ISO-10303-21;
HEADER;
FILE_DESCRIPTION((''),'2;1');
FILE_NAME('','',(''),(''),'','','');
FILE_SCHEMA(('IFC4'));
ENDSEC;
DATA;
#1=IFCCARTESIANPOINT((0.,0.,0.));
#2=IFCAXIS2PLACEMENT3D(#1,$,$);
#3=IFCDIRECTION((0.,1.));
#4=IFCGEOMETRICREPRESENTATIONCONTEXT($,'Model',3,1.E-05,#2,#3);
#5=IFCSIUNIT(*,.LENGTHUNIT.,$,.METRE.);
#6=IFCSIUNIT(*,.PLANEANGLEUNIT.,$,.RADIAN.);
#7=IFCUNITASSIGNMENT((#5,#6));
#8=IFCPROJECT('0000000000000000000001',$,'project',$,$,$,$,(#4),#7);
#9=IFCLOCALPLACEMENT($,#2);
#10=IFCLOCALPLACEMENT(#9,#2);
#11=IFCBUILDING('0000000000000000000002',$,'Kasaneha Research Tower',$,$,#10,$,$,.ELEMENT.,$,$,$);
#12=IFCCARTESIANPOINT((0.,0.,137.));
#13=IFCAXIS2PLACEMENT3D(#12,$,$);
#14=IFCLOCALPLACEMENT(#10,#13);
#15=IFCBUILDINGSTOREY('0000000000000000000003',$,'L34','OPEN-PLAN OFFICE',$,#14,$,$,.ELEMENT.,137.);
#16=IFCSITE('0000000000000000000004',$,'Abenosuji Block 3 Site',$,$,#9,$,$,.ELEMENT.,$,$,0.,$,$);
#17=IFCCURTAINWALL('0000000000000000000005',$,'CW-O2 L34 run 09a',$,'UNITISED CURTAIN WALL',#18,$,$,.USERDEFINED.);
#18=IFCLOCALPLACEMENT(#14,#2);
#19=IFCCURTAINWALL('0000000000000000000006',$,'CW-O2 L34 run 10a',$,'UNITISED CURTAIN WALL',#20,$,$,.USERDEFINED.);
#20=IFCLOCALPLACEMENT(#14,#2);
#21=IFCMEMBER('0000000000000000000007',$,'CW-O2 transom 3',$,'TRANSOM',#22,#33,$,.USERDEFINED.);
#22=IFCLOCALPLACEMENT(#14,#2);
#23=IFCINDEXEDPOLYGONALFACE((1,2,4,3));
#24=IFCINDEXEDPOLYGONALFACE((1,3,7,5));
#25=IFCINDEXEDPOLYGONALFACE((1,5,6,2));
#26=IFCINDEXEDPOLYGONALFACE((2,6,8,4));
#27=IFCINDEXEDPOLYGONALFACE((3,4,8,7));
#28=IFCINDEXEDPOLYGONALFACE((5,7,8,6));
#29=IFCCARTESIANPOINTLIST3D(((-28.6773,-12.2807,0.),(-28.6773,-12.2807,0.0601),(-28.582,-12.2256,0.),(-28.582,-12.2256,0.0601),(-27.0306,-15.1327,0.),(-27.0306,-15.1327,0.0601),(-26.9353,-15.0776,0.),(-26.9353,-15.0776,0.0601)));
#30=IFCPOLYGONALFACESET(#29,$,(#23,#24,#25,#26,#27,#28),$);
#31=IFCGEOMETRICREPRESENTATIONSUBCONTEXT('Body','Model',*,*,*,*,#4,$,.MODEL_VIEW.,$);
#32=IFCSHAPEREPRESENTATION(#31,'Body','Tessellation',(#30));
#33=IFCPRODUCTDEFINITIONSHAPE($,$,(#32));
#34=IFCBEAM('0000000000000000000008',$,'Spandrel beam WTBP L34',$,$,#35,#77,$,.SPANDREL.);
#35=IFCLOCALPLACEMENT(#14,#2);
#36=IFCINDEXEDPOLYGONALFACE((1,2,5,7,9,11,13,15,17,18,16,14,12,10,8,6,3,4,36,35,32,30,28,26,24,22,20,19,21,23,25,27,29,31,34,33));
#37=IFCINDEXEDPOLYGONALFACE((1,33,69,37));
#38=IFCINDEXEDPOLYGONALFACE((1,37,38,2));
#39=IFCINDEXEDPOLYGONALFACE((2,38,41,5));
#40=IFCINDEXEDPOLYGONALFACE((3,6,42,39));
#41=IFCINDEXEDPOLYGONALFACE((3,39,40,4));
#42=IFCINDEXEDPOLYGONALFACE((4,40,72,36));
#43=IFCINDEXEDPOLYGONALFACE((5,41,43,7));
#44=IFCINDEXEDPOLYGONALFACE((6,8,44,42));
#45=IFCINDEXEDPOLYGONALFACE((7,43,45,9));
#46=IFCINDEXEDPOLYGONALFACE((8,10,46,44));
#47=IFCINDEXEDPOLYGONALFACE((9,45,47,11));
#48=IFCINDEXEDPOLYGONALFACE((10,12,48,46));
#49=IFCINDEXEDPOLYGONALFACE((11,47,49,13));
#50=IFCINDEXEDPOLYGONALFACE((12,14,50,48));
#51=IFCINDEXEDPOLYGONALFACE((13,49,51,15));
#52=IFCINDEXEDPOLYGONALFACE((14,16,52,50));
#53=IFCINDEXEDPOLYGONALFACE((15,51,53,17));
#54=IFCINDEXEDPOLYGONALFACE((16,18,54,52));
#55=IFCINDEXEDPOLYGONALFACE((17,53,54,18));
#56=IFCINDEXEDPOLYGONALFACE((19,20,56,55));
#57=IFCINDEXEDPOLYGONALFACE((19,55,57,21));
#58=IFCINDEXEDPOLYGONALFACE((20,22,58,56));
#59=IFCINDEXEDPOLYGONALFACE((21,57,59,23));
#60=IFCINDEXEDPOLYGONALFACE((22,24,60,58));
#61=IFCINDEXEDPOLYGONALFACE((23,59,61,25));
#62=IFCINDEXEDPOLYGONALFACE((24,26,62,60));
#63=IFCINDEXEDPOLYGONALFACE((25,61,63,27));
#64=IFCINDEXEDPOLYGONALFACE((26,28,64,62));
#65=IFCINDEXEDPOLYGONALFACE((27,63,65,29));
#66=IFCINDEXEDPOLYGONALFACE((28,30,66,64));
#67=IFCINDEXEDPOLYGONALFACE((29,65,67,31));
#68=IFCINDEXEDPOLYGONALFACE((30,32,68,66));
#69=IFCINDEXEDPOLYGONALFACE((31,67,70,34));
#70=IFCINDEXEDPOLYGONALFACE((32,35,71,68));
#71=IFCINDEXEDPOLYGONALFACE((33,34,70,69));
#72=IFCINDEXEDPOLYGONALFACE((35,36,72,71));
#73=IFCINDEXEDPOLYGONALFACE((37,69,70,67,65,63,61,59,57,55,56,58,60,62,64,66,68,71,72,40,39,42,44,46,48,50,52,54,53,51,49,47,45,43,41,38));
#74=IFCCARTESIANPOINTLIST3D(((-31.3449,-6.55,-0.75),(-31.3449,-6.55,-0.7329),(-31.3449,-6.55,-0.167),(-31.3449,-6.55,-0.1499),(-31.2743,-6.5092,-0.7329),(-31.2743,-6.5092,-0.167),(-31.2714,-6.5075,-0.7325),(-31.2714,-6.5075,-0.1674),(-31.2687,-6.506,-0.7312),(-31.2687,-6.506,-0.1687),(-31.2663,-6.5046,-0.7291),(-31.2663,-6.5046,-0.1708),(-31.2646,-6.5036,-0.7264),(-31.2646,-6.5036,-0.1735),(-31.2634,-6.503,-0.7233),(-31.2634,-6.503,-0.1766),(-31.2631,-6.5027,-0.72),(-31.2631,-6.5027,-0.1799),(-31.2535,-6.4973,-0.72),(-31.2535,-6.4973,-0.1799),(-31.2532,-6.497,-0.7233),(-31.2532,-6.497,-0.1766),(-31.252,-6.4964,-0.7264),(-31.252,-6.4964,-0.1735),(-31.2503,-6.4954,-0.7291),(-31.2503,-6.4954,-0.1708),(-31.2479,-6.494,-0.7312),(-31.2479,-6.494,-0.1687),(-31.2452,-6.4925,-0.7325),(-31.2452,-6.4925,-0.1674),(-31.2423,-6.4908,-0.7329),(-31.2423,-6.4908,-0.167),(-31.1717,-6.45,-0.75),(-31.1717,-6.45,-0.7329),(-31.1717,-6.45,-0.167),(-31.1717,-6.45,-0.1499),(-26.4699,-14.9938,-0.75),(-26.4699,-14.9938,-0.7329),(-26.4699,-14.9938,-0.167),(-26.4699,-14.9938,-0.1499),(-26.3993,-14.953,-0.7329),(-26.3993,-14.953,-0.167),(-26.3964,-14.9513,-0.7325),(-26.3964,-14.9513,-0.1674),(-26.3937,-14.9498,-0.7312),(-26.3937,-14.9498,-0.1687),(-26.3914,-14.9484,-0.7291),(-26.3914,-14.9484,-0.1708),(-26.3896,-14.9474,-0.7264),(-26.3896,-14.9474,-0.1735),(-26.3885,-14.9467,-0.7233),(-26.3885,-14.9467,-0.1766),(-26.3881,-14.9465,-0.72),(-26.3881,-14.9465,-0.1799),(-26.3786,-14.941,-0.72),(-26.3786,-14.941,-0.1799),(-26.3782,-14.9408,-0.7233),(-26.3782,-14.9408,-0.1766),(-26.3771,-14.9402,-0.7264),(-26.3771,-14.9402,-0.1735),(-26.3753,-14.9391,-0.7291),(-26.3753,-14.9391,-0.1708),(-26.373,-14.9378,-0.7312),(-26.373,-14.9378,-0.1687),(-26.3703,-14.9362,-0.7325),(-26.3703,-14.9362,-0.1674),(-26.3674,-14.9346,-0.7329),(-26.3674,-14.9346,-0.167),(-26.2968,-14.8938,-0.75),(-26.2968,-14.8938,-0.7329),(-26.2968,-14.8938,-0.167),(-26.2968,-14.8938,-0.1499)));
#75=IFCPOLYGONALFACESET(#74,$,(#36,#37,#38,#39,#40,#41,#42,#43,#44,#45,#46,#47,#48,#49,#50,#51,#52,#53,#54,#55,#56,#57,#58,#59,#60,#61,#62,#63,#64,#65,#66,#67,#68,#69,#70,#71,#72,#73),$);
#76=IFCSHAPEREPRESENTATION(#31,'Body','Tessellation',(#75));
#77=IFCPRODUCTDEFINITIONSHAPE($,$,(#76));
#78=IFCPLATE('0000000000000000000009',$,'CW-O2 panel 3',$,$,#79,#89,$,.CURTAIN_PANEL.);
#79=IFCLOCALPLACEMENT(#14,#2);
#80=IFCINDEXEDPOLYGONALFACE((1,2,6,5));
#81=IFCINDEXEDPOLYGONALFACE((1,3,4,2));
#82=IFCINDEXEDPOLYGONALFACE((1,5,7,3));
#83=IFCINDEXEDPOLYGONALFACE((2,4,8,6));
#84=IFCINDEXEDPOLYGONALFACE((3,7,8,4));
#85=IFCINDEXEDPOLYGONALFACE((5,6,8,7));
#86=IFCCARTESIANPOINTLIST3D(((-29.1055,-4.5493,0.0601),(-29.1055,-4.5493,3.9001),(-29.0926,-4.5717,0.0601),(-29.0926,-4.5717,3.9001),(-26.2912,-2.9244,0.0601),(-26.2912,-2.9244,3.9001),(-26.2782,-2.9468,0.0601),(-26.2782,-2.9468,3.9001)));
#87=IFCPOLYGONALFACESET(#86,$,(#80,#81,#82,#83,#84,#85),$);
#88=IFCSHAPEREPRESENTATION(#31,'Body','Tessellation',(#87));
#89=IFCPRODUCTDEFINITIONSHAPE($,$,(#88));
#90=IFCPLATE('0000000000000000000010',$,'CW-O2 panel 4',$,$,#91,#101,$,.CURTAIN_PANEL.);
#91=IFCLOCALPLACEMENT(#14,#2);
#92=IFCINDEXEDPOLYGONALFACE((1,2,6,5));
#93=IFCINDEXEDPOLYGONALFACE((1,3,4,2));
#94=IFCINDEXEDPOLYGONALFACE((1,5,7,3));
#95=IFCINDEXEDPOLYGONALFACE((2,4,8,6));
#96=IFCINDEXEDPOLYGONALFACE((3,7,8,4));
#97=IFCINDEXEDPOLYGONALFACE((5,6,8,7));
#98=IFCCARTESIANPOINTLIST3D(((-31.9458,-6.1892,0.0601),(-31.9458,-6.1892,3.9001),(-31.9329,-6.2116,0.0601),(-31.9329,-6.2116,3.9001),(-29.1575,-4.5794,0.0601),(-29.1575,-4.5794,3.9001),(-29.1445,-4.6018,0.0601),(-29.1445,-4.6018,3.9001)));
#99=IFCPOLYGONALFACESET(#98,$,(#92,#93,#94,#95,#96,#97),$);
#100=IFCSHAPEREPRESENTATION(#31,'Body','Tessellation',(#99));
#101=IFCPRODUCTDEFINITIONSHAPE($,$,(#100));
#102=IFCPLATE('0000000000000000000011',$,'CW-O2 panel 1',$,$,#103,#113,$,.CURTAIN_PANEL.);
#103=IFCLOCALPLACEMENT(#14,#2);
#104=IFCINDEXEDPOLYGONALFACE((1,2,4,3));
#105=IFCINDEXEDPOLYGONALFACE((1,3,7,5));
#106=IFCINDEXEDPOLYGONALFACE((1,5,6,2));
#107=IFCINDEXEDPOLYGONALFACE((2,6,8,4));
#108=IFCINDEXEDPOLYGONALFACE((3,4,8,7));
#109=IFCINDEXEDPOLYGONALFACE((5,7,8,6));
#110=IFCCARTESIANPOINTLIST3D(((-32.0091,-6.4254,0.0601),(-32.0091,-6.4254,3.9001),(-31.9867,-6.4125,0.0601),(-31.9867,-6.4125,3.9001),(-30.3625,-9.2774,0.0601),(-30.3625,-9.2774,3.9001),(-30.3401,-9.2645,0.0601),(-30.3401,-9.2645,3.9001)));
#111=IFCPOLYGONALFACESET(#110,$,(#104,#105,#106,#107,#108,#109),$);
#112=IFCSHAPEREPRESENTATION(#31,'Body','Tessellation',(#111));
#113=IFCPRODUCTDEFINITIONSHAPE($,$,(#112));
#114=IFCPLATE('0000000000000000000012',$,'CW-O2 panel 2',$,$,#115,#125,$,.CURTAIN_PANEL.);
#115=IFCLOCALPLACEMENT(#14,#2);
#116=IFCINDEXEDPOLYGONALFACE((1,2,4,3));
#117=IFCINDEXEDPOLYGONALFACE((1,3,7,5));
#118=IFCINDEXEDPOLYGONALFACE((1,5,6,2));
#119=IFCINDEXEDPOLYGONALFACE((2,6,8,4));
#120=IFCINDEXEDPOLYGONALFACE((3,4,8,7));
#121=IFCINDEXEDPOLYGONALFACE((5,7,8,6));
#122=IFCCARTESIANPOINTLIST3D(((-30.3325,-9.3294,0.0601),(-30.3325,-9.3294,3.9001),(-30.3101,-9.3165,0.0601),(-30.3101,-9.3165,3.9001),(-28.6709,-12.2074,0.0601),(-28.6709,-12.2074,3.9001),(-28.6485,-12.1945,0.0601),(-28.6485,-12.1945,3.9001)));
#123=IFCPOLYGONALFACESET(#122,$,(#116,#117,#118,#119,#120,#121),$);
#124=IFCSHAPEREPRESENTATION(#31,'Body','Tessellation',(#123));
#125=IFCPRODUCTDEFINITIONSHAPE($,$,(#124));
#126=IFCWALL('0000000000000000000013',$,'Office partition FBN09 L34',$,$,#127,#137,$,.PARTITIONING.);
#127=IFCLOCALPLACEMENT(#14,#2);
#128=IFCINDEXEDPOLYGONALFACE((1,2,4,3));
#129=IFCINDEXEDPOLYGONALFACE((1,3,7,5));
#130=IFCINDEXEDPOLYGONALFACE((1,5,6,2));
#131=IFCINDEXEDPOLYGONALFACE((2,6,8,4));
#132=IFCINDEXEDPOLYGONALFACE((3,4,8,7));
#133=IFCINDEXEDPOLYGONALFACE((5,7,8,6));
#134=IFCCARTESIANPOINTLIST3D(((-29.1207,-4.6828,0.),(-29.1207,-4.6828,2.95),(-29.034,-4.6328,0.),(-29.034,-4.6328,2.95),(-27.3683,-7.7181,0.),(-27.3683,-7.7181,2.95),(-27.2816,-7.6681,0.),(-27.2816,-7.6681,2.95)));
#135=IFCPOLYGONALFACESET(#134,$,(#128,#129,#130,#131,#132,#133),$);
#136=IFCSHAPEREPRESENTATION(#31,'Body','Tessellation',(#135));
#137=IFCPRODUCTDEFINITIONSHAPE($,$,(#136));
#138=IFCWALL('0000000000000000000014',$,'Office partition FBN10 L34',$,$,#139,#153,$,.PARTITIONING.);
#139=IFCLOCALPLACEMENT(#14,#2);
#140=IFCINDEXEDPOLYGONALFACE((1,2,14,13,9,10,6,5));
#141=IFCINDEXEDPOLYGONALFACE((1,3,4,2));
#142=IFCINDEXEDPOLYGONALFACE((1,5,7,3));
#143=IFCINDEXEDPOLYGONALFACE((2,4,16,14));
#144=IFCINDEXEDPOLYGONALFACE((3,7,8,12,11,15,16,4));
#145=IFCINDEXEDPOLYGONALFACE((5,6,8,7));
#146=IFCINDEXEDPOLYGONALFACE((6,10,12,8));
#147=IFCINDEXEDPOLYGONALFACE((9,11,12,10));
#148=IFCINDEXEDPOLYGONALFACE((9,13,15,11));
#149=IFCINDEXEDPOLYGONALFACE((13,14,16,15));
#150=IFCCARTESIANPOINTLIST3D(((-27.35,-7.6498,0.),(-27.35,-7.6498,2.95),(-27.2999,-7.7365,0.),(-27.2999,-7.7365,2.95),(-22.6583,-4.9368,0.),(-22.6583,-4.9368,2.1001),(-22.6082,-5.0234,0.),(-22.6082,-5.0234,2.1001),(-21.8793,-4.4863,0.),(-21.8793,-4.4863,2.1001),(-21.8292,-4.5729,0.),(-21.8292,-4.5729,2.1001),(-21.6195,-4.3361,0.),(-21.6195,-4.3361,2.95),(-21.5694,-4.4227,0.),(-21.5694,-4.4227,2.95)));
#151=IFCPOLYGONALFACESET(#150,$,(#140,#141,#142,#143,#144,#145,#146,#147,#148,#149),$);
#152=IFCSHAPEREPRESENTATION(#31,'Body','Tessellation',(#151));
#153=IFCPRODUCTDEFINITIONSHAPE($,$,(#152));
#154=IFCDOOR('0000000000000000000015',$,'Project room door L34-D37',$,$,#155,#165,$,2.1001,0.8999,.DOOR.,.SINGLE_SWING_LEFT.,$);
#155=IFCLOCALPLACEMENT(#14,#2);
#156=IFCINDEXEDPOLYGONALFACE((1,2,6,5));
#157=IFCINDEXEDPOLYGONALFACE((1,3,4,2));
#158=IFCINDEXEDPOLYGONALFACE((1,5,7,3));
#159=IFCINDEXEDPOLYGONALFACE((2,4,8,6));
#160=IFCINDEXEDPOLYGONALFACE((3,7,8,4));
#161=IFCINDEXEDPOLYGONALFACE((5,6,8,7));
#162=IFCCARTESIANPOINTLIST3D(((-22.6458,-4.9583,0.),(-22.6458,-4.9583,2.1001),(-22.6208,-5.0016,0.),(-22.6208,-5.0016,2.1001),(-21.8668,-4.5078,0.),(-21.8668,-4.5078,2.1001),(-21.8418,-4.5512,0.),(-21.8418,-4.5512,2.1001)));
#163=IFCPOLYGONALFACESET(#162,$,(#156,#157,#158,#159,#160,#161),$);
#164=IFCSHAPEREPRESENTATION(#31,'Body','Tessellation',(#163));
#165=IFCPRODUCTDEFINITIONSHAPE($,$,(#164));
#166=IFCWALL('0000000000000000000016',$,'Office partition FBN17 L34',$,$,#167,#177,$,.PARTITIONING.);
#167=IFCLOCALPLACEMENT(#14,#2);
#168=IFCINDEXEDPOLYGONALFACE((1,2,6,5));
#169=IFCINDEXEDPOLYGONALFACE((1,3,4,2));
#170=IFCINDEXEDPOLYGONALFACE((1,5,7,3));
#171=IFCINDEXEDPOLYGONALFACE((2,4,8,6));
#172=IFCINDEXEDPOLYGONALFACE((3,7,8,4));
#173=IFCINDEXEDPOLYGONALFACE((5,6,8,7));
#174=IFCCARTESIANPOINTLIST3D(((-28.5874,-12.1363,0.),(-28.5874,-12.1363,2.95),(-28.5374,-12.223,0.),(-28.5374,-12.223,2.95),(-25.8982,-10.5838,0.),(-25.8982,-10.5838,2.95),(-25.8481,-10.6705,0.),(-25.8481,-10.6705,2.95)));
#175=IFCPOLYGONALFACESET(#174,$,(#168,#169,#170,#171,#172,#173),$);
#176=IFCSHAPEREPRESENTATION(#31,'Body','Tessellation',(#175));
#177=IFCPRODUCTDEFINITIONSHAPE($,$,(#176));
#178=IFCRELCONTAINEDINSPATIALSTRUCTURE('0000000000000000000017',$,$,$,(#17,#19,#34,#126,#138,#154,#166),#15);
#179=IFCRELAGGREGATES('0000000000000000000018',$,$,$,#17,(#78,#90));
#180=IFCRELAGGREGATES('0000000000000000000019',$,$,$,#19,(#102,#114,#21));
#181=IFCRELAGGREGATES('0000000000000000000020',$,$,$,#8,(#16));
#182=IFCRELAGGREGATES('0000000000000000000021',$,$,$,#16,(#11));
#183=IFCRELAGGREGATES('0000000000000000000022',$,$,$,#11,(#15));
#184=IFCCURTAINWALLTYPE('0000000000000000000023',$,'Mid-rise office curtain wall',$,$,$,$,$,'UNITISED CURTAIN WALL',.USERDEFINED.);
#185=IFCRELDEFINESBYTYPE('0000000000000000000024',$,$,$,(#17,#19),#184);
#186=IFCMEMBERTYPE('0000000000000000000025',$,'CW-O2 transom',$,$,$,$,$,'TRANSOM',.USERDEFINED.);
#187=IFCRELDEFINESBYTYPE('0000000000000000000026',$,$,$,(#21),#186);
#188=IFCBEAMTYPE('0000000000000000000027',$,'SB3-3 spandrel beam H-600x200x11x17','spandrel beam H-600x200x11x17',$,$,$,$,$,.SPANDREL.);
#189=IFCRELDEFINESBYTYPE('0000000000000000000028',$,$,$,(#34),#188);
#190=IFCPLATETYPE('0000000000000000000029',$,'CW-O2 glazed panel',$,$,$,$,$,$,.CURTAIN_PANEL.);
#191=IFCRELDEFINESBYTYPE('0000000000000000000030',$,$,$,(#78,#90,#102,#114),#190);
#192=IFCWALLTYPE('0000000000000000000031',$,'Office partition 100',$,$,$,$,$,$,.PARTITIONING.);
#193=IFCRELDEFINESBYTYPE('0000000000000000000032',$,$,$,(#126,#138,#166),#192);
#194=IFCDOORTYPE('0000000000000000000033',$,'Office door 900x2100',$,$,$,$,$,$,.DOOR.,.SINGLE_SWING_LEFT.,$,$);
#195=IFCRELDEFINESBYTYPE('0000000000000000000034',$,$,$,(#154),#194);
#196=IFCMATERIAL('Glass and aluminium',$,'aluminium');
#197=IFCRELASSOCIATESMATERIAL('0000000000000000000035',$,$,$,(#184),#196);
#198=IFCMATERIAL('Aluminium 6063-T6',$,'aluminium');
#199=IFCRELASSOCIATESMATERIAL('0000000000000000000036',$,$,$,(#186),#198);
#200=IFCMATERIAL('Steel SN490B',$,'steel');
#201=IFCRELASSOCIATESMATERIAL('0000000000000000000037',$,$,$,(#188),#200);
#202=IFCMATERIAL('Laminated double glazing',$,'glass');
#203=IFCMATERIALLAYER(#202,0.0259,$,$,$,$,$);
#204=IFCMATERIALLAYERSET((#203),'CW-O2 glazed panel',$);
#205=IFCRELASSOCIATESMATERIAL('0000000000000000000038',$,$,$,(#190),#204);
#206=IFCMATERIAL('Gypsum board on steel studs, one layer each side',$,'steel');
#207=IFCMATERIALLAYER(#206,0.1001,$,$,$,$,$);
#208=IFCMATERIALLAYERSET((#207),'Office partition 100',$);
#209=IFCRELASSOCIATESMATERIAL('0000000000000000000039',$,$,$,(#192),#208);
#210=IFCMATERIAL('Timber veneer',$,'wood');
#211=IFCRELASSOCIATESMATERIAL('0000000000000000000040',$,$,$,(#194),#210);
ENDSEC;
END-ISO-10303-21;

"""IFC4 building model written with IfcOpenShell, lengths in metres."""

from ifc_helpers import new_model, si_unit, direction, frame, frame_2d, origin, origin_2d, place, context, subcontext, project, spatial, rectangle, i_section, extrude, material, layer, layer_set, material_profile, profile_set, type_object, element, fill, aggregate, save


model = new_model("IFC4")

# Units and contexts
model_context = context("Model", 3, precision=1e-05, world=origin(), true_north=direction((0.0, 1.0)))
body_context = subcontext(model_context, "Body", "Model", "MODEL_VIEW")
ifc_project = project(units=[si_unit("LENGTHUNIT", "METRE"), si_unit("PLANEANGLEUNIT", "RADIAN")], contexts=[model_context])

# Site, building, storey
site_placement = place(None, origin())
site = spatial("IfcSite", under=ifc_project, at=site_placement, Name="Abenosuji Block 3 Site", CompositionType="ELEMENT", RefElevation=0.0)
building_placement = place(site_placement, origin())
building = spatial("IfcBuilding", under=site, at=building_placement, Name="Kasaneha Research Tower", CompositionType="ELEMENT")
storey_placement = place(building_placement, frame((0.0, 0.0, 137.0)))
storey = spatial("IfcBuildingStorey", under=building, at=storey_placement, Name="L34", Description="OPEN-PLAN OFFICE", CompositionType="ELEMENT", Elevation=137.0)

# Curtain walls
ifc_material_1 = material(Name="Glass and aluminium", Category="aluminium")
curtain_wall_type = type_object("IfcCurtainWallType", Name="Mid-rise office curtain wall", ElementType="UNITISED CURTAIN WALL", PredefinedType="USERDEFINED", material=ifc_material_1)
curtain_wall_1_placement = place(storey_placement, origin())
curtain_wall_1 = element("IfcCurtainWall", 1, at=curtain_wall_1_placement, inside=storey, type_object=curtain_wall_type, Name="CW-O2 L34 run 09a", ObjectType="UNITISED CURTAIN WALL", PredefinedType="USERDEFINED")
curtain_wall_2_placement = place(storey_placement, origin())
curtain_wall_2 = element("IfcCurtainWall", 2, at=curtain_wall_2_placement, inside=storey, type_object=curtain_wall_type, Name="CW-O2 L34 run 10a", ObjectType="UNITISED CURTAIN WALL", PredefinedType="USERDEFINED")

# Member
ifc_material_2 = material(Name="Aluminium 6063-T6", Category="aluminium")
ifc_material_profile_1 = material_profile(ifc_material_2, rectangle(XDim=0.1101, YDim=0.0601, at=origin_2d()), Name="CW-O2 transom 110x60")
ifc_profile_set_1 = profile_set([ifc_material_profile_1], Name="Aluminium 6063-T6")
member_type_1 = type_object("IfcMemberType", Name="CW-O2 transom", ElementType="TRANSOM", PredefinedType="USERDEFINED", material=ifc_profile_set_1)
member_1_placement = place(storey_placement, frame((-28.6296, -12.2532, 0.03), z_axis=(0.500022, -0.866013, 0.0), x_axis=(0.866013, 0.500022, 0.0)))
member_1 = element("IfcMember", 3, at=member_1_placement, type_object=member_type_1, Name="CW-O2 transom 3", ObjectType="TRANSOM", PredefinedType="USERDEFINED", context=body_context, shape_type="SweptSolid", body=[
    extrude(rectangle(XDim=0.1101, YDim=0.0601, at=origin_2d()), origin(), (0.0, 0.0, 1.0), 3.2932),
])

# Beam
ifc_material_3 = material(Name="Steel SN490B", Category="steel")
ifc_material_profile_2 = material_profile(ifc_material_3, i_section(OverallWidth=0.2, OverallDepth=0.6001, WebThickness=0.011, FlangeThickness=0.0171, FilletRadius=0.0129, at=origin_2d()), Name="H-600x200x11x17")
ifc_profile_set_2 = profile_set([ifc_material_profile_2], Name="Steel SN490B")
beam_type_1 = type_object("IfcBeamType", Name="SB3-3 spandrel beam H-600x200x11x17", Description="spandrel beam H-600x200x11x17", PredefinedType="SPANDREL", material=ifc_profile_set_2)
beam_1_placement = place(storey_placement, frame((-31.2583, -6.5, -0.45), z_axis=(0.499996, -0.866028, 0.0), x_axis=(0.866028, 0.499996, 0.0)))
element("IfcBeam", 4, at=beam_1_placement, inside=storey, type_object=beam_type_1, Name="Spandrel beam WTBP L34", PredefinedType="SPANDREL", context=body_context, shape_type="SweptSolid", body=[
    extrude(i_section(OverallWidth=0.2, OverallDepth=0.6001, WebThickness=0.011, FlangeThickness=0.0171, FilletRadius=0.0129, at=origin_2d()), origin(), (0.0, 0.0, 1.0), 9.75),
])

# Plates
ifc_material_4 = material(Name="Laminated double glazing", Category="glass")
ifc_layer_1 = layer(ifc_material_4, 0.0259)
ifc_layer_set_1 = layer_set([ifc_layer_1], Name="CW-O2 glazed panel")
plate_type = type_object("IfcPlateType", Name="CW-O2 glazed panel", PredefinedType="CURTAIN_PANEL", material=ifc_layer_set_1)
plate_1_placement = place(storey_placement, frame((-27.6919, -3.748, 0.0601), z_axis=(0.0, 0.0, 1.0), x_axis=(-0.866025, -0.5, 0.0)))
plate_1 = element("IfcPlate", 5, at=plate_1_placement, type_object=plate_type, Name="CW-O2 panel 3", PredefinedType="CURTAIN_PANEL", context=body_context, shape_type="SweptSolid", body=[
    extrude(rectangle(XDim=3.2498, YDim=0.0259, at=origin_2d()), origin(), (0.0, 0.0, 1.0), 3.8401),
])
plate_2_placement = place(storey_placement, frame((-30.5452, -5.3955, 0.0601), z_axis=(0.0, 0.0, 1.0), x_axis=(-0.866025, -0.5, 0.0)))
plate_2 = element("IfcPlate", 6, at=plate_2_placement, type_object=plate_type, Name="CW-O2 panel 4", PredefinedType="CURTAIN_PANEL", context=body_context, shape_type="SweptSolid", body=[
    extrude(rectangle(XDim=3.2197, YDim=0.0259, at=origin_2d()), origin(), (0.0, 0.0, 1.0), 3.8401),
])
aggregate(curtain_wall_1, [plate_1, plate_2])
plate_3_placement = place(storey_placement, frame((-31.1746, -7.845, 0.0601), z_axis=(0.0, 0.0, 1.0), x_axis=(0.5, -0.866025, 0.0)))
plate_3 = element("IfcPlate", 7, at=plate_3_placement, type_object=plate_type, Name="CW-O2 panel 1", PredefinedType="CURTAIN_PANEL", context=body_context, shape_type="SweptSolid", body=[
    extrude(rectangle(XDim=3.2932, YDim=0.0259, at=origin_2d()), origin(), (0.0, 0.0, 1.0), 3.8401),
])
plate_4_placement = place(storey_placement, frame((-29.4905, -10.762, 0.0601), z_axis=(0.0, 0.0, 1.0), x_axis=(0.5, -0.866025, 0.0)))
plate_4 = element("IfcPlate", 8, at=plate_4_placement, type_object=plate_type, Name="CW-O2 panel 2", PredefinedType="CURTAIN_PANEL", context=body_context, shape_type="SweptSolid", body=[
    extrude(rectangle(XDim=3.3232, YDim=0.0259, at=origin_2d()), origin(), (0.0, 0.0, 1.0), 3.8401),
])
aggregate(curtain_wall_2, [plate_3, plate_4, member_1])

# Wall
ifc_material_5 = material(Name="Gypsum board on steel studs, one layer each side", Category="steel")
ifc_layer_2 = layer(ifc_material_5, 0.1001)
ifc_layer_set_2 = layer_set([ifc_layer_2], Name="Office partition 100")
wall_type_1 = type_object("IfcWallType", Name="Office partition 100", PredefinedType="PARTITIONING", material=ifc_layer_set_2)
wall_1_placement = place(storey_placement, frame((-27.325, -7.6931, 0.0), z_axis=(0.0, 0.0, 1.0), x_axis=(-0.49999, 0.866031, 0.0)))
element("IfcWall", 9, at=wall_1_placement, inside=storey, type_object=wall_type_1, Name="Office partition FBN09 L34", PredefinedType="PARTITIONING", context=body_context, shape_type="SweptSolid", body=[
    extrude(rectangle(XDim=3.5049, YDim=0.1001, at=frame_2d((1.7524, 0.0))), origin(), (0.0, 0.0, 1.0), 2.95),
])

# Wall, opening, door
wall_2_placement = place(storey_placement, frame((-21.5945, -4.3794, 0.0), z_axis=(0.0, 0.0, 1.0), x_axis=(-0.865683, -0.500593, 0.0)))
wall_2 = element("IfcWall", 10, at=wall_2_placement, inside=storey, type_object=wall_type_1, Name="Office partition FBN10 L34", PredefinedType="PARTITIONING", context=body_context, shape_type="SweptSolid", body=[
    extrude(rectangle(XDim=6.6196, YDim=0.1001, at=frame_2d((3.3098, 0.0))), origin(), (0.0, 0.0, 1.0), 2.95),
])
opening_1_placement = place(wall_2_placement, frame((0.3, 0.0, 0.0)))
opening_1 = element("IfcOpeningElement", 11, at=opening_1_placement, cuts=wall_2, PredefinedType="OPENING", context=body_context, shape_type="SweptSolid", body=[
    extrude(rectangle(XDim=0.8999, YDim=2.1001, at=frame_2d((0.45, 1.05))), frame((0.0, 0.0601, 0.0), z_axis=(0.0, -1.0, 0.0), x_axis=(1.0, 0.0, 0.0)), (0.0, 0.0, 1.0), 0.1201),
])
ifc_material_6 = material(Name="Timber veneer", Category="wood")
door_type_1 = type_object("IfcDoorType", Name="Office door 900x2100", OperationType="SINGLE_SWING_LEFT", PredefinedType="DOOR", material=ifc_material_6)
door_1_placement = place(opening_1_placement, origin())
door_1 = element("IfcDoor", 12, at=door_1_placement, inside=storey, type_object=door_type_1, Name="Project room door L34-D37", OperationType="SINGLE_SWING_LEFT", OverallHeight=2.1001, OverallWidth=0.8999, PredefinedType="DOOR", context=body_context, shape_type="SweptSolid", body=[
    extrude(rectangle(XDim=0.8999, YDim=2.1001, at=frame_2d((0.45, 1.05))), frame((0.0, 0.0249, 0.0), z_axis=(0.0, -1.0, 0.0), x_axis=(1.0, 0.0, 0.0)), (0.0, 0.0, 1.0), 0.05),
])
fill(opening_1, door_1)

# Wall
wall_3_placement = place(storey_placement, frame((-28.5625, -12.1797, 0.0), z_axis=(0.0, 0.0, 1.0), x_axis=(0.866043, 0.49997, 0.0)))
element("IfcWall", 13, at=wall_3_placement, inside=storey, type_object=wall_type_1, Name="Office partition FBN17 L34", PredefinedType="PARTITIONING", context=body_context, shape_type="SweptSolid", body=[
    extrude(rectangle(XDim=3.1052, YDim=0.1001, at=frame_2d((1.5527, 0.0))), origin(), (0.0, 0.0, 1.0), 2.95),
])

save(model, "model.ifc")
